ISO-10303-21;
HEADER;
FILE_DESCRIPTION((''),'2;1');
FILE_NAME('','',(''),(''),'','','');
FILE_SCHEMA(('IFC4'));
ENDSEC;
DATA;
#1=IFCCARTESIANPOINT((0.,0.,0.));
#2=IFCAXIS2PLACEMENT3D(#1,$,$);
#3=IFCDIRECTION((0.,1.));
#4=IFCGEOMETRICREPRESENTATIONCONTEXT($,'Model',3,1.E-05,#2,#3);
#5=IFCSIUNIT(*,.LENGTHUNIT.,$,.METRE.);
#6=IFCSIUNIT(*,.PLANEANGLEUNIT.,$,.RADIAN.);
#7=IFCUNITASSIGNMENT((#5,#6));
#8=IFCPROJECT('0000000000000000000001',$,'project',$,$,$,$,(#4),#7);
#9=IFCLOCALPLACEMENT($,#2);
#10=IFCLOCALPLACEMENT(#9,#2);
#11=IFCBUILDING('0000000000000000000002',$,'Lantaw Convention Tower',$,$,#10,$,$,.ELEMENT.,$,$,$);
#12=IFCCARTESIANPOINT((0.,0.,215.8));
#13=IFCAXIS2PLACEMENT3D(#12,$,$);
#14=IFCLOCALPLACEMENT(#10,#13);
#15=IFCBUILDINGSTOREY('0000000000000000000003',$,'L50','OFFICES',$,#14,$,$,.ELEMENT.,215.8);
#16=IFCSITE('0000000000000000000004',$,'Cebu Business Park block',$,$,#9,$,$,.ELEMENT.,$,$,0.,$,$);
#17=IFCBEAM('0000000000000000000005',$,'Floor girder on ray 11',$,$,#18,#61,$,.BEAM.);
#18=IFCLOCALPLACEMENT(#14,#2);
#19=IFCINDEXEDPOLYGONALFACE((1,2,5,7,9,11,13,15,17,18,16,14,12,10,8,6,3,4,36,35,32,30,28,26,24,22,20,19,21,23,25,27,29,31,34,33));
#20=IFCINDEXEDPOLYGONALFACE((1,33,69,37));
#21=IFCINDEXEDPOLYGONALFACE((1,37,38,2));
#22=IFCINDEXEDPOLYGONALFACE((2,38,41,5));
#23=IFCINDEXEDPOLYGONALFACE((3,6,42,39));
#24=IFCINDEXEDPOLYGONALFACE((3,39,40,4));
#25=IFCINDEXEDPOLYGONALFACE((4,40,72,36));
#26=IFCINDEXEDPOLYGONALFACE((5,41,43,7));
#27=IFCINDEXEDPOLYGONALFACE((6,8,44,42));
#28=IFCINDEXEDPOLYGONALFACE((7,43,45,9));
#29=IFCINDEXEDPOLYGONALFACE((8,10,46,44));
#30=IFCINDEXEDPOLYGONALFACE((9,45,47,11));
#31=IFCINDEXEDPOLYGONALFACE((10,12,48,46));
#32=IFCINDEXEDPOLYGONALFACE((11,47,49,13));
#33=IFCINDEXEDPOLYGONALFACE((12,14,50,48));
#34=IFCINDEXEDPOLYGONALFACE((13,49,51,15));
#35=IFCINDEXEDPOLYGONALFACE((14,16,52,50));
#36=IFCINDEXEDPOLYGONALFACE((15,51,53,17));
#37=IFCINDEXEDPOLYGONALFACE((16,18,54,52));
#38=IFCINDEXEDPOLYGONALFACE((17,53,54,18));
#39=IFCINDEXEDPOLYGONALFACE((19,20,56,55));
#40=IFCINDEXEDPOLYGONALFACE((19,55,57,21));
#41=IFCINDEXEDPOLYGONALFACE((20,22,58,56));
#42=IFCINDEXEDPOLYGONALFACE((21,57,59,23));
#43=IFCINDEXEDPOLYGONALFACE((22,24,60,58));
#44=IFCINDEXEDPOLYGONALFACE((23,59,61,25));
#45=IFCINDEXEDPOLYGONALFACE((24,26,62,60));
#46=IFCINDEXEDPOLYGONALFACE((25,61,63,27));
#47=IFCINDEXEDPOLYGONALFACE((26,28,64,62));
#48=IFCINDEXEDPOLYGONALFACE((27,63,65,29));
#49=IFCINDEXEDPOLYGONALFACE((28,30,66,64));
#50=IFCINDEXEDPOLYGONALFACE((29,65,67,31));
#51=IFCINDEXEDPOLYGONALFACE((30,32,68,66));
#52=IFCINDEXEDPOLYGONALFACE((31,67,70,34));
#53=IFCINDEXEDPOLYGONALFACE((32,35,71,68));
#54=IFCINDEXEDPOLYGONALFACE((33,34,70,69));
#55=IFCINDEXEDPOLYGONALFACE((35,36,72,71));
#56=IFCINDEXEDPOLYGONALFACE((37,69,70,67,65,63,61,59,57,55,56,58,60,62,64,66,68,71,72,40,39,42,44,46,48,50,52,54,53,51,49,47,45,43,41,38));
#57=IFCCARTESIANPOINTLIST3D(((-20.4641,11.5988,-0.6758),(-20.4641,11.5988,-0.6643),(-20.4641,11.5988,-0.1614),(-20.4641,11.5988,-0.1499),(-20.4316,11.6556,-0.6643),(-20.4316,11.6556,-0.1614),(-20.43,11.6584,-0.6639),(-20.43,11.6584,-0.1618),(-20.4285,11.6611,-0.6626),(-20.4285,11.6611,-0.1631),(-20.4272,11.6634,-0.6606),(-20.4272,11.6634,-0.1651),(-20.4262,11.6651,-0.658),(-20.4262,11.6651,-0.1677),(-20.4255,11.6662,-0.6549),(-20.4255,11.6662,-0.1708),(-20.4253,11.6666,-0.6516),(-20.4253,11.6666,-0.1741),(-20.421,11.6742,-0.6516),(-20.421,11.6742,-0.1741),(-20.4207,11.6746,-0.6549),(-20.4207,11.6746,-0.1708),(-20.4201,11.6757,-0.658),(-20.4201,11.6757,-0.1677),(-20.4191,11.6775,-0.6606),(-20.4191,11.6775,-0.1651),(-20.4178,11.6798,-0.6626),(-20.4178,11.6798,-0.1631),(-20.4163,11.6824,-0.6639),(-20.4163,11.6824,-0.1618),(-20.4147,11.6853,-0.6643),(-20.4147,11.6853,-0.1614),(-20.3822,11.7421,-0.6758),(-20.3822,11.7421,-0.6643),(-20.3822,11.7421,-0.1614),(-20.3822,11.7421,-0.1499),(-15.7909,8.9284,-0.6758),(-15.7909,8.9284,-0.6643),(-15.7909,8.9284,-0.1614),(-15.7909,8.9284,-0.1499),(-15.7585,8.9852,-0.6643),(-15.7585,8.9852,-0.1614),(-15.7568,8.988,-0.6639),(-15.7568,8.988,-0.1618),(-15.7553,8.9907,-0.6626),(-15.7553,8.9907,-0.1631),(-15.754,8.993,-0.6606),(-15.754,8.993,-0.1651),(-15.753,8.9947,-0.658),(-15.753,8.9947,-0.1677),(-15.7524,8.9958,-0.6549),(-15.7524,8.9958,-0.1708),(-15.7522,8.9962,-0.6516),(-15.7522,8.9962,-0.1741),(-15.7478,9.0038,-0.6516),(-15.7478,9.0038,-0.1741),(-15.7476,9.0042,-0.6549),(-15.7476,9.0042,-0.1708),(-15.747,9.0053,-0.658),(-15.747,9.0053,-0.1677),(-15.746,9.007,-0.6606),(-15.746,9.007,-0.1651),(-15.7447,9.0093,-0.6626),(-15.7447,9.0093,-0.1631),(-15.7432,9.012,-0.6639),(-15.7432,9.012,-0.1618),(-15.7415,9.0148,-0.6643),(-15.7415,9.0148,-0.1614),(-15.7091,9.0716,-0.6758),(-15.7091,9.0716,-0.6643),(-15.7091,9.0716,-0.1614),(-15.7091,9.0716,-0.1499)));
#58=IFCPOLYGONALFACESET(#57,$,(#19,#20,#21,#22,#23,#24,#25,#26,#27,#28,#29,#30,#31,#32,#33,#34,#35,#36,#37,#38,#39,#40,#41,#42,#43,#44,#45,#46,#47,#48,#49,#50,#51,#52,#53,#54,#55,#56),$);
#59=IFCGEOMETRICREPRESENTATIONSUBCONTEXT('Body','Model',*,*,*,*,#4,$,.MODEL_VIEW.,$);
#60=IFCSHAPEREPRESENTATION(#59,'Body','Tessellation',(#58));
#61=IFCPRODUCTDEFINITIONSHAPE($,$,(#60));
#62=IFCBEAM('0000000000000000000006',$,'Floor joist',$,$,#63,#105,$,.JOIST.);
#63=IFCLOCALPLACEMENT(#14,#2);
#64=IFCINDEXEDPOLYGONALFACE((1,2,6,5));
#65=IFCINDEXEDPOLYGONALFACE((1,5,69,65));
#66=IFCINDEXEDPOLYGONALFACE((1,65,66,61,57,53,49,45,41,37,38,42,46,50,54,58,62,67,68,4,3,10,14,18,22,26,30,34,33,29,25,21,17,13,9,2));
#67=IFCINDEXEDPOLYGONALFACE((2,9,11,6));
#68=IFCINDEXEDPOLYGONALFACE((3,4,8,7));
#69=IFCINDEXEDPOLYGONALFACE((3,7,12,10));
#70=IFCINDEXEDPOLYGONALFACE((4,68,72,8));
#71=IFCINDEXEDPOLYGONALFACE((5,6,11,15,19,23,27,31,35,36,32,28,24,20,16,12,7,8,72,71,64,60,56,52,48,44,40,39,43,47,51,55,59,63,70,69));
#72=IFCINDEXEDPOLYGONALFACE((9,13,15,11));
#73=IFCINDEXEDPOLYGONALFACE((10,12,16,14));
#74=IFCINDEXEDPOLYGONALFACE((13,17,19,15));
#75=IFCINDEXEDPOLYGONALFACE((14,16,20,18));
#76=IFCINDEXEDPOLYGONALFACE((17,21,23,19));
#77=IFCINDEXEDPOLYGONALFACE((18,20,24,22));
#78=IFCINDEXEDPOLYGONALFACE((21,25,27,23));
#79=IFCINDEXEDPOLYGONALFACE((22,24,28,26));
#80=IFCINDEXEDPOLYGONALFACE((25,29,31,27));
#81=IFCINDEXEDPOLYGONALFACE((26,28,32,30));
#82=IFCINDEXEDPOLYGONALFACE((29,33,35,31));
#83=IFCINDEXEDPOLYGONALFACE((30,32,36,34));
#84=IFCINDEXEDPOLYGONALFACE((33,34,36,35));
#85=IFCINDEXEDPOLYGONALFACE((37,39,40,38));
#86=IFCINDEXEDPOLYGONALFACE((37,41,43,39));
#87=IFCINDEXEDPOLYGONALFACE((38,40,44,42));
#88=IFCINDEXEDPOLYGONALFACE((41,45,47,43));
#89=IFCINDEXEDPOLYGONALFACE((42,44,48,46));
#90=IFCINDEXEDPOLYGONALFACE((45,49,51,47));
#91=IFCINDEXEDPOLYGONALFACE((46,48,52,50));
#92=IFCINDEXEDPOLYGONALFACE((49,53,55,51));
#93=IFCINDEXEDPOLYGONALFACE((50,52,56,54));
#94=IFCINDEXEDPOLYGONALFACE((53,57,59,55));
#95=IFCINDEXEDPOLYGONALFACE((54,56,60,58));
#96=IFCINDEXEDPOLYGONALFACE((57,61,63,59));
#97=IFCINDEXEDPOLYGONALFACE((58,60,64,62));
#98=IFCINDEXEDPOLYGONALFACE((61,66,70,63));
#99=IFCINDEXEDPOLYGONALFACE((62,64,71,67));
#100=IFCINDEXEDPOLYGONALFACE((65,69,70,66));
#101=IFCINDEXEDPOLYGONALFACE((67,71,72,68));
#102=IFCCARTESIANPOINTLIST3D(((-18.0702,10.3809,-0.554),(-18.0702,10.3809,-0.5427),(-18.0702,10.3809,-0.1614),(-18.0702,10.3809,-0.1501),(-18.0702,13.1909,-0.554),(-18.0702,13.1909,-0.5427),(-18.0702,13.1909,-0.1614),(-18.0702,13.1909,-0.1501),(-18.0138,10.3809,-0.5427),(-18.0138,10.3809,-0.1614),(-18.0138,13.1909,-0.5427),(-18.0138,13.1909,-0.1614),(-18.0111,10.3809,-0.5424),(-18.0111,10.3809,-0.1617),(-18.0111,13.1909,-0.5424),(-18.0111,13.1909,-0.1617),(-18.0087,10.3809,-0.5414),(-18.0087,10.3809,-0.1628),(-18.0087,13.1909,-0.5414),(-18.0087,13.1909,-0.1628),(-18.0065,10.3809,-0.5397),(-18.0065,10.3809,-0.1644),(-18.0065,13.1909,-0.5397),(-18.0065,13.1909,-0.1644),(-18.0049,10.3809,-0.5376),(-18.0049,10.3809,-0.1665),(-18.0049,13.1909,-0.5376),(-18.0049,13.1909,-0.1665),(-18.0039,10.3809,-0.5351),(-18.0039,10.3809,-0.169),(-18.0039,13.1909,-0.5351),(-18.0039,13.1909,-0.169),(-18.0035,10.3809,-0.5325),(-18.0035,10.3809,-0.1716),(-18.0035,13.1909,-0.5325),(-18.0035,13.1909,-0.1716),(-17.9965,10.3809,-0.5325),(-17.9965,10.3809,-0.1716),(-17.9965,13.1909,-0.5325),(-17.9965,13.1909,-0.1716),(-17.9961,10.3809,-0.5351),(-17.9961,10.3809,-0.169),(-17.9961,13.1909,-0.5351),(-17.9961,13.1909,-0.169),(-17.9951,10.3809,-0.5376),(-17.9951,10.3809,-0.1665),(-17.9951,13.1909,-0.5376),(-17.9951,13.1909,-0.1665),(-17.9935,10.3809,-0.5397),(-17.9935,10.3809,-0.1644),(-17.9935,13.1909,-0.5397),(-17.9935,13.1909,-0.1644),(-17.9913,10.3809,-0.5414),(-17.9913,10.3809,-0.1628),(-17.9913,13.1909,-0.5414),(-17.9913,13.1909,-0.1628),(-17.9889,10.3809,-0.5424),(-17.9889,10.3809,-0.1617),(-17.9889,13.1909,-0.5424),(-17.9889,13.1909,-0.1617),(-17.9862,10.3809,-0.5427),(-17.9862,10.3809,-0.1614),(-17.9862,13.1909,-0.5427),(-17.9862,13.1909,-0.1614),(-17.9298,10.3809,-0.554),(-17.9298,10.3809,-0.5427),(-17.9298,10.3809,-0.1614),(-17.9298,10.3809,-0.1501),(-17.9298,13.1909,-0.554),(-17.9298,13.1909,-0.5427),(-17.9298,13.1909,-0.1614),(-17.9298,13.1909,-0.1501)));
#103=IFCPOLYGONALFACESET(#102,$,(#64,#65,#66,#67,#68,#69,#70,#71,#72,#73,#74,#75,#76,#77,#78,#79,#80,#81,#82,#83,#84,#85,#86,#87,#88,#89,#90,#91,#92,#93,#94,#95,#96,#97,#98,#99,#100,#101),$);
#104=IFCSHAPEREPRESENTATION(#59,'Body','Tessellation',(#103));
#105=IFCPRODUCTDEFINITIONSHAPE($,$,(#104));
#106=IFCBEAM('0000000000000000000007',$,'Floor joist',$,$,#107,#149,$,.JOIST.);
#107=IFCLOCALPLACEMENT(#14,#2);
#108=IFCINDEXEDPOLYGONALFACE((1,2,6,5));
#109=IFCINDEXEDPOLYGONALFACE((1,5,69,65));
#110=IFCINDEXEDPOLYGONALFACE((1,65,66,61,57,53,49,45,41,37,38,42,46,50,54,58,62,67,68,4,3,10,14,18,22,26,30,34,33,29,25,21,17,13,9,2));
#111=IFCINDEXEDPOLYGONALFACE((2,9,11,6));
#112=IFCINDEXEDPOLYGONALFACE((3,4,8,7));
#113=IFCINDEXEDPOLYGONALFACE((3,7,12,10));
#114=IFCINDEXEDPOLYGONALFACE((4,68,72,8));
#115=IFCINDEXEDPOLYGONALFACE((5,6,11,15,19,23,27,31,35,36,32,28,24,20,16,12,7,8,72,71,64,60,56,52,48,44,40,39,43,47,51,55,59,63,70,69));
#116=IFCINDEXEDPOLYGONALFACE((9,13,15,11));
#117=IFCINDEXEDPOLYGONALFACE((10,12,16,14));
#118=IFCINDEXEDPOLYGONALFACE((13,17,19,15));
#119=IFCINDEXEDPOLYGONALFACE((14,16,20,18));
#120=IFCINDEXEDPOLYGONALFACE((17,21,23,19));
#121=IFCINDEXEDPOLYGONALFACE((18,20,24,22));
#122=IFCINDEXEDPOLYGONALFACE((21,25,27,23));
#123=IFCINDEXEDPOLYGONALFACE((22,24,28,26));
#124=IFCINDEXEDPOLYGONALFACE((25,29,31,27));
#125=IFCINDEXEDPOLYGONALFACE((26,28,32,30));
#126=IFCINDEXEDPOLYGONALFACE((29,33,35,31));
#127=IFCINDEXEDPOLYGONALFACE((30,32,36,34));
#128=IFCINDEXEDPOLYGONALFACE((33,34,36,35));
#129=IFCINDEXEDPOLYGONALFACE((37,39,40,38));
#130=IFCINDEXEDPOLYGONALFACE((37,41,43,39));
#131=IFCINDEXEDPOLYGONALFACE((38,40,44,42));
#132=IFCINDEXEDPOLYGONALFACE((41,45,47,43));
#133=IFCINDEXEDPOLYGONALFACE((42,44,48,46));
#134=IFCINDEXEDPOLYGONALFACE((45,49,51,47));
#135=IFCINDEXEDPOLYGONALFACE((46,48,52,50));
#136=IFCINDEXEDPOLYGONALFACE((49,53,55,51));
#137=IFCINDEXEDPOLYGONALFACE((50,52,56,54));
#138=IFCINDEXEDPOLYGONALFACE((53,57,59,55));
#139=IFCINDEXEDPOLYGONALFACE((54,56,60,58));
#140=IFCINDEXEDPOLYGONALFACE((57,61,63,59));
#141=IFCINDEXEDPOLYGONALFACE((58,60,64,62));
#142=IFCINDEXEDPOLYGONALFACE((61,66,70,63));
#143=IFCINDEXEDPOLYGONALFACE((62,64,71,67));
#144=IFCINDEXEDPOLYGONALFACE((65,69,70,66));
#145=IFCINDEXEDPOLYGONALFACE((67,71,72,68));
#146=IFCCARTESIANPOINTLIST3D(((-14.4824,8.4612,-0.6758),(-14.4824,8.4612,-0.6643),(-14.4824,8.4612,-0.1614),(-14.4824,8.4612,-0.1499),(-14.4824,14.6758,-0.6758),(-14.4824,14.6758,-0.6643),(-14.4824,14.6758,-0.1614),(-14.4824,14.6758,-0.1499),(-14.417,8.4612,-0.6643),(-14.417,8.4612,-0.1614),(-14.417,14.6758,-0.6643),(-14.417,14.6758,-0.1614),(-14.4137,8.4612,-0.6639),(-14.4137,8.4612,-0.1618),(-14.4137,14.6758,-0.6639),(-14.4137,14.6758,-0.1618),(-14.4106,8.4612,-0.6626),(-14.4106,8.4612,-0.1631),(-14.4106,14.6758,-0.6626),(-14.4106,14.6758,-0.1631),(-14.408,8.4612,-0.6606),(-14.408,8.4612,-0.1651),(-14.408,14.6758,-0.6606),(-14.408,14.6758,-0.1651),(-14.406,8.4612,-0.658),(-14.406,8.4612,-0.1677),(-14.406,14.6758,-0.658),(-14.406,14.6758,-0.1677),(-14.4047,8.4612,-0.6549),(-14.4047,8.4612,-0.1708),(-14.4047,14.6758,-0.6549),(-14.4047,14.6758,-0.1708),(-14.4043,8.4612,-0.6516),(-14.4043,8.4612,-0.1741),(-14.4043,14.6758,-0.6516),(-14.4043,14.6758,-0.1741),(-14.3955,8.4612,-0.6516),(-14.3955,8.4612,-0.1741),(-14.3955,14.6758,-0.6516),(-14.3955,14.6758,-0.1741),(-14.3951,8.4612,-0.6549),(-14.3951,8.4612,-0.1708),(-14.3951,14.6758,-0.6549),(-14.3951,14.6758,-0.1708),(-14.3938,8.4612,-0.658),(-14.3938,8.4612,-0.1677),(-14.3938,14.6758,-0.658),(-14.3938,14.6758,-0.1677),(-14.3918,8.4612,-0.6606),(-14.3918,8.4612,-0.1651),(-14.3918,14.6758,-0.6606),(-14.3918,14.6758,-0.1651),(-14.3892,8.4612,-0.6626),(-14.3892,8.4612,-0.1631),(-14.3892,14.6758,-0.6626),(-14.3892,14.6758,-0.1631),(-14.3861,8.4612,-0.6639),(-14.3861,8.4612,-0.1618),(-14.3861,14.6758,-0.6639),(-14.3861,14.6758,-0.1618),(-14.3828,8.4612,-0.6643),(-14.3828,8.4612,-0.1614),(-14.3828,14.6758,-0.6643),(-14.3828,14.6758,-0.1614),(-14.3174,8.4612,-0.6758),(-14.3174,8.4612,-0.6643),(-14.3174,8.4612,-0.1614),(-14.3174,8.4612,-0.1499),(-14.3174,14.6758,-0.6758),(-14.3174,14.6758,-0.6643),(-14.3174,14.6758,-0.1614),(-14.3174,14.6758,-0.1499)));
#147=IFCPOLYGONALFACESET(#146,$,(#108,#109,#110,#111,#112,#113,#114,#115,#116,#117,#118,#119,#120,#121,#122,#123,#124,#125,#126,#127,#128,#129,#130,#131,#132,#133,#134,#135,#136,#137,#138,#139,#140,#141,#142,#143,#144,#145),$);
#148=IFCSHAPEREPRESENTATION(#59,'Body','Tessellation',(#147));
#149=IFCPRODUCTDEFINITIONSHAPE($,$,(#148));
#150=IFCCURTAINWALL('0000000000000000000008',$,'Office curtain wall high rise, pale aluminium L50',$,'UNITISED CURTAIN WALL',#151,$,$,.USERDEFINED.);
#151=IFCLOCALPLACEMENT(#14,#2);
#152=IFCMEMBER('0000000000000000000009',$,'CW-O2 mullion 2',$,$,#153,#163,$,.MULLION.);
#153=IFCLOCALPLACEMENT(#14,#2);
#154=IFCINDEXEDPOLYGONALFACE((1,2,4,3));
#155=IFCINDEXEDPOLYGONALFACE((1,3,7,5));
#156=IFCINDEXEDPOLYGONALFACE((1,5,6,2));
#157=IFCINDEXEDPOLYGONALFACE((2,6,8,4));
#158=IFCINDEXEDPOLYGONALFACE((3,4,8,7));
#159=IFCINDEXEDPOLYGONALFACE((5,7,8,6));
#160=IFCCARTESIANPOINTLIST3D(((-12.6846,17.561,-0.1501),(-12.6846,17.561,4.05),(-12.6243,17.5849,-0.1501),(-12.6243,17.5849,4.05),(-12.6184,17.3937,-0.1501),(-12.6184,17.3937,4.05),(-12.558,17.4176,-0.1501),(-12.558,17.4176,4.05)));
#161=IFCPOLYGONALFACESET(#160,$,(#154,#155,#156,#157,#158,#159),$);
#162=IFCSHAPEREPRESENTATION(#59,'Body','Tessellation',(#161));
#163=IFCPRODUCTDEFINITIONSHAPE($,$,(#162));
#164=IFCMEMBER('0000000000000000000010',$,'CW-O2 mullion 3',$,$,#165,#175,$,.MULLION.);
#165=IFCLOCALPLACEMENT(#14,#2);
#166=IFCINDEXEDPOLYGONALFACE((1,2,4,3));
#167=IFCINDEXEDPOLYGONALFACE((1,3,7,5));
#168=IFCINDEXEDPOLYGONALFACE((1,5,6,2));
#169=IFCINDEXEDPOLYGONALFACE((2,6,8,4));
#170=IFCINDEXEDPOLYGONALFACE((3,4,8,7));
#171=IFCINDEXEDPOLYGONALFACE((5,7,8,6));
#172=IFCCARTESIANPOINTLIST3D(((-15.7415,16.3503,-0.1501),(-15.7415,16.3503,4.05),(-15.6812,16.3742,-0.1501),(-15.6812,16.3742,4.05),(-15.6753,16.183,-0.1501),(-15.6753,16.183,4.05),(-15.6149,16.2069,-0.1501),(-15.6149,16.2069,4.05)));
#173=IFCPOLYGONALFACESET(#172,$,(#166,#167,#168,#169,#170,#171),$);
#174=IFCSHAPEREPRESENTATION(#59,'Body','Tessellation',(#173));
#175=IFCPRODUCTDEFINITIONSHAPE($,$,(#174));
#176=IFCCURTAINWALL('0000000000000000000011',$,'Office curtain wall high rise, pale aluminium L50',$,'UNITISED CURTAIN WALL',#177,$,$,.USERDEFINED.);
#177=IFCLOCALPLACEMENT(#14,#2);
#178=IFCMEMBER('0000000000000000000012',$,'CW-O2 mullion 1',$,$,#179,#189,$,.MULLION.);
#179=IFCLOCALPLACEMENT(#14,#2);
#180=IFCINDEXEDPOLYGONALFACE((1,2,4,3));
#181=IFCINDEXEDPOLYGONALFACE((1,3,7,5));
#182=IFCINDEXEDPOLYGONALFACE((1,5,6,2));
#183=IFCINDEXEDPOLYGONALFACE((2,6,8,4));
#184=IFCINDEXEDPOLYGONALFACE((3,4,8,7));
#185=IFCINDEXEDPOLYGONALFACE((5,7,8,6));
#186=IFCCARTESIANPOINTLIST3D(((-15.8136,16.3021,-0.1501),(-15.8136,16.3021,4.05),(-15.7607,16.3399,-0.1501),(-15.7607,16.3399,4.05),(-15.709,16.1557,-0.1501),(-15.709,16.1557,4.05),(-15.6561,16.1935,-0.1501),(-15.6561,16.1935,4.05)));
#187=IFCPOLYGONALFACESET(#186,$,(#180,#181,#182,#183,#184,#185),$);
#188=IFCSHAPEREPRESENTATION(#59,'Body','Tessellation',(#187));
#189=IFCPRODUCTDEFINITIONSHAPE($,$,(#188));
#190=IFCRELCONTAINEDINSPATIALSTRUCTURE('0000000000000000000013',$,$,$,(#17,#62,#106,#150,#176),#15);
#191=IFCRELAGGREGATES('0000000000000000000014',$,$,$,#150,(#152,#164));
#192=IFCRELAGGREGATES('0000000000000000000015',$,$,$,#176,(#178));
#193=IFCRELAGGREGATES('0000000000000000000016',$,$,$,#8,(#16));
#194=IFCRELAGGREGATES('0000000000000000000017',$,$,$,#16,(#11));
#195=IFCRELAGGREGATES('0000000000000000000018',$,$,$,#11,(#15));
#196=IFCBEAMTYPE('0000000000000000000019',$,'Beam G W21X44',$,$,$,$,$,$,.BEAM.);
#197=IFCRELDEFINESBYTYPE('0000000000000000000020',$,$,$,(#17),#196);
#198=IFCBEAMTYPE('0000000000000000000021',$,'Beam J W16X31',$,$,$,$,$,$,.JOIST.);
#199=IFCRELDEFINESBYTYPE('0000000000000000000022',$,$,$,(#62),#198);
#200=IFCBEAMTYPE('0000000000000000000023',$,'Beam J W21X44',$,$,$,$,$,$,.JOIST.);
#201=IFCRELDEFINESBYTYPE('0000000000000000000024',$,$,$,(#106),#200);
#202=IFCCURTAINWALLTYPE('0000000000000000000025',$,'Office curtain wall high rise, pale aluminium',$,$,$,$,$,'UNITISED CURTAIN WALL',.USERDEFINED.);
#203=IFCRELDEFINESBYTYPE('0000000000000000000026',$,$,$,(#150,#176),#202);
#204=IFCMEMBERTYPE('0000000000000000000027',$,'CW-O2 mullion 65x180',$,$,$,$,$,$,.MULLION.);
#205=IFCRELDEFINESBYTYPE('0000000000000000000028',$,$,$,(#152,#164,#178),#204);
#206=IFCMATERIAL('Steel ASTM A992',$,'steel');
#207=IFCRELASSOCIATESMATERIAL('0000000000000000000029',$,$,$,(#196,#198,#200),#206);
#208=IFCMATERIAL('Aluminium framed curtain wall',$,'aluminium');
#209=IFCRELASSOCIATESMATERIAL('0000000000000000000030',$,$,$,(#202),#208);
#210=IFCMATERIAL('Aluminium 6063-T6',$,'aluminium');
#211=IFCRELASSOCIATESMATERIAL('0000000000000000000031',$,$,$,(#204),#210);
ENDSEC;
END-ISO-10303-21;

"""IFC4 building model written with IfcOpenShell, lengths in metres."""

from ifc_helpers import new_model, si_unit, direction, frame, origin, origin_2d, place, context, subcontext, project, spatial, rectangle, i_section, extrude, material, material_profile, profile_set, type_object, element, aggregate, save


model = new_model("IFC4")

# Units and contexts
model_context = context("Model", 3, precision=1e-05, world=origin(), true_north=direction((0.0, 1.0)))
body_context = subcontext(model_context, "Body", "Model", "MODEL_VIEW")
ifc_project = project(units=[si_unit("LENGTHUNIT", "METRE"), si_unit("PLANEANGLEUNIT", "RADIAN")], contexts=[model_context])

# Site, building, storey
site_placement = place(None, origin())
site = spatial("IfcSite", under=ifc_project, at=site_placement, Name="Cebu Business Park block", CompositionType="ELEMENT", RefElevation=0.0)
building_placement = place(site_placement, origin())
building = spatial("IfcBuilding", under=site, at=building_placement, Name="Lantaw Convention Tower", CompositionType="ELEMENT")
storey_placement = place(building_placement, frame((0.0, 0.0, 215.8)))
storey = spatial("IfcBuildingStorey", under=building, at=storey_placement, Name="L50", Description="OFFICES", CompositionType="ELEMENT", Elevation=215.8)

# Beams
ifc_material_1 = material(Name="Steel ASTM A992", Category="steel")
ifc_material_profile_1 = material_profile(ifc_material_1, i_section(OverallWidth=0.165, OverallDepth=0.5259, WebThickness=0.0088, FlangeThickness=0.0115, FilletRadius=0.0127, at=origin_2d()), Name="W21X44")
ifc_profile_set_1 = profile_set([ifc_material_profile_1], Name="Steel ASTM A992")
beam_type_1 = type_object("IfcBeamType", Name="Beam G W21X44", PredefinedType="BEAM", material=ifc_profile_set_1)
beam_1_placement = place(storey_placement, frame((-15.75, 9.0, -0.4128), z_axis=(-0.868238, 0.496149, 0.0), x_axis=(-0.496149, -0.868238, 0.0)))
element("IfcBeam", 1, at=beam_1_placement, inside=storey, type_object=beam_type_1, Name="Floor girder on ray 11", PredefinedType="BEAM", context=body_context, shape_type="SweptSolid", body=[
    extrude(i_section(OverallWidth=0.165, OverallDepth=0.5259, WebThickness=0.0088, FlangeThickness=0.0115, FilletRadius=0.0127, at=origin_2d()), origin(), (0.0, 0.0, 1.0), 5.3823),
])
ifc_material_profile_2 = material_profile(ifc_material_1, i_section(OverallWidth=0.1404, OverallDepth=0.4038, WebThickness=0.0071, FlangeThickness=0.0112, FilletRadius=0.0103, at=origin_2d()), Name="W16X31")
ifc_profile_set_2 = profile_set([ifc_material_profile_2], Name="Steel ASTM A992")
beam_type_2 = type_object("IfcBeamType", Name="Beam J W16X31", PredefinedType="JOIST", material=ifc_profile_set_2)
beam_2_placement = place(storey_placement, frame((-18.0, 10.3809, -0.3521), z_axis=(0.0, 1.0, 0.0), x_axis=(-1.0, 0.0, 0.0)))
element("IfcBeam", 2, at=beam_2_placement, inside=storey, type_object=beam_type_2, Name="Floor joist", PredefinedType="JOIST", context=body_context, shape_type="SweptSolid", body=[
    extrude(i_section(OverallWidth=0.1404, OverallDepth=0.4038, WebThickness=0.0071, FlangeThickness=0.0112, FilletRadius=0.0103, at=origin_2d()), origin(), (0.0, 0.0, 1.0), 2.8101),
])
ifc_material_profile_3 = material_profile(ifc_material_1, i_section(OverallWidth=0.165, OverallDepth=0.5259, WebThickness=0.0088, FlangeThickness=0.0115, FilletRadius=0.0127, at=origin_2d()), Name="W21X44")
ifc_profile_set_3 = profile_set([ifc_material_profile_3], Name="Steel ASTM A992")
beam_type_3 = type_object("IfcBeamType", Name="Beam J W21X44", PredefinedType="JOIST", material=ifc_profile_set_3)
beam_3_placement = place(storey_placement, frame((-14.3999, 8.4612, -0.4128), z_axis=(0.0, 1.0, 0.0), x_axis=(-1.0, 0.0, 0.0)))
element("IfcBeam", 3, at=beam_3_placement, inside=storey, type_object=beam_type_3, Name="Floor joist", PredefinedType="JOIST", context=body_context, shape_type="SweptSolid", body=[
    extrude(i_section(OverallWidth=0.165, OverallDepth=0.5259, WebThickness=0.0088, FlangeThickness=0.0115, FilletRadius=0.0127, at=origin_2d()), origin(), (0.0, 0.0, 1.0), 6.2146),
])

# Curtain walls, members
ifc_material_2 = material(Name="Aluminium framed curtain wall", Category="aluminium")
curtain_wall_type = type_object("IfcCurtainWallType", Name="Office curtain wall high rise, pale aluminium", ElementType="UNITISED CURTAIN WALL", PredefinedType="USERDEFINED", material=ifc_material_2)
curtain_wall_1_placement = place(storey_placement, origin())
curtain_wall_1 = element("IfcCurtainWall", 4, at=curtain_wall_1_placement, inside=storey, type_object=curtain_wall_type, Name="Office curtain wall high rise, pale aluminium L50", ObjectType="UNITISED CURTAIN WALL", PredefinedType="USERDEFINED")
ifc_material_3 = material(Name="Aluminium 6063-T6", Category="aluminium")
ifc_material_profile_4 = material_profile(ifc_material_3, rectangle(XDim=0.1799, YDim=0.0649, at=origin_2d()), Name="CW-O2 mullion 65x180")
ifc_profile_set_4 = profile_set([ifc_material_profile_4], Name="Aluminium 6063-T6")
member_type_1 = type_object("IfcMemberType", Name="CW-O2 mullion 65x180", PredefinedType="MULLION", material=ifc_profile_set_4)
member_1_placement = place(storey_placement, frame((-12.6213, 17.4893, -0.1501), z_axis=(0.0, 0.0, 1.0), x_axis=(0.368162, -0.929762, 0.0)))
member_1 = element("IfcMember", 5, at=member_1_placement, type_object=member_type_1, Name="CW-O2 mullion 2", PredefinedType="MULLION", context=body_context, shape_type="SweptSolid", body=[
    extrude(rectangle(XDim=0.1799, YDim=0.0649, at=origin_2d()), origin(), (0.0, 0.0, 1.0), 4.2002),
])
member_2_placement = place(storey_placement, frame((-15.6782, 16.2786, -0.1501), z_axis=(0.0, 0.0, 1.0), x_axis=(0.368162, -0.929762, 0.0)))
member_2 = element("IfcMember", 6, at=member_2_placement, type_object=member_type_1, Name="CW-O2 mullion 3", PredefinedType="MULLION", context=body_context, shape_type="SweptSolid", body=[
    extrude(rectangle(XDim=0.1799, YDim=0.0649, at=origin_2d()), origin(), (0.0, 0.0, 1.0), 4.2002),
])
curtain_wall_2_placement = place(storey_placement, origin())
curtain_wall_2 = element("IfcCurtainWall", 7, at=curtain_wall_2_placement, inside=storey, type_object=curtain_wall_type, Name="Office curtain wall high rise, pale aluminium L50", ObjectType="UNITISED CURTAIN WALL", PredefinedType="USERDEFINED")
member_3_placement = place(storey_placement, frame((-15.7349, 16.2478, -0.1501), z_axis=(0.0, 0.0, 1.0), x_axis=(0.581323, -0.813673, 0.0)))
member_3 = element("IfcMember", 8, at=member_3_placement, type_object=member_type_1, Name="CW-O2 mullion 1", PredefinedType="MULLION", context=body_context, shape_type="SweptSolid", body=[
    extrude(rectangle(XDim=0.1799, YDim=0.0649, at=origin_2d()), origin(), (0.0, 0.0, 1.0), 4.2002),
])

aggregate(curtain_wall_1, [member_1, member_2])
aggregate(curtain_wall_2, [member_3])

save(model, "model.ifc")
